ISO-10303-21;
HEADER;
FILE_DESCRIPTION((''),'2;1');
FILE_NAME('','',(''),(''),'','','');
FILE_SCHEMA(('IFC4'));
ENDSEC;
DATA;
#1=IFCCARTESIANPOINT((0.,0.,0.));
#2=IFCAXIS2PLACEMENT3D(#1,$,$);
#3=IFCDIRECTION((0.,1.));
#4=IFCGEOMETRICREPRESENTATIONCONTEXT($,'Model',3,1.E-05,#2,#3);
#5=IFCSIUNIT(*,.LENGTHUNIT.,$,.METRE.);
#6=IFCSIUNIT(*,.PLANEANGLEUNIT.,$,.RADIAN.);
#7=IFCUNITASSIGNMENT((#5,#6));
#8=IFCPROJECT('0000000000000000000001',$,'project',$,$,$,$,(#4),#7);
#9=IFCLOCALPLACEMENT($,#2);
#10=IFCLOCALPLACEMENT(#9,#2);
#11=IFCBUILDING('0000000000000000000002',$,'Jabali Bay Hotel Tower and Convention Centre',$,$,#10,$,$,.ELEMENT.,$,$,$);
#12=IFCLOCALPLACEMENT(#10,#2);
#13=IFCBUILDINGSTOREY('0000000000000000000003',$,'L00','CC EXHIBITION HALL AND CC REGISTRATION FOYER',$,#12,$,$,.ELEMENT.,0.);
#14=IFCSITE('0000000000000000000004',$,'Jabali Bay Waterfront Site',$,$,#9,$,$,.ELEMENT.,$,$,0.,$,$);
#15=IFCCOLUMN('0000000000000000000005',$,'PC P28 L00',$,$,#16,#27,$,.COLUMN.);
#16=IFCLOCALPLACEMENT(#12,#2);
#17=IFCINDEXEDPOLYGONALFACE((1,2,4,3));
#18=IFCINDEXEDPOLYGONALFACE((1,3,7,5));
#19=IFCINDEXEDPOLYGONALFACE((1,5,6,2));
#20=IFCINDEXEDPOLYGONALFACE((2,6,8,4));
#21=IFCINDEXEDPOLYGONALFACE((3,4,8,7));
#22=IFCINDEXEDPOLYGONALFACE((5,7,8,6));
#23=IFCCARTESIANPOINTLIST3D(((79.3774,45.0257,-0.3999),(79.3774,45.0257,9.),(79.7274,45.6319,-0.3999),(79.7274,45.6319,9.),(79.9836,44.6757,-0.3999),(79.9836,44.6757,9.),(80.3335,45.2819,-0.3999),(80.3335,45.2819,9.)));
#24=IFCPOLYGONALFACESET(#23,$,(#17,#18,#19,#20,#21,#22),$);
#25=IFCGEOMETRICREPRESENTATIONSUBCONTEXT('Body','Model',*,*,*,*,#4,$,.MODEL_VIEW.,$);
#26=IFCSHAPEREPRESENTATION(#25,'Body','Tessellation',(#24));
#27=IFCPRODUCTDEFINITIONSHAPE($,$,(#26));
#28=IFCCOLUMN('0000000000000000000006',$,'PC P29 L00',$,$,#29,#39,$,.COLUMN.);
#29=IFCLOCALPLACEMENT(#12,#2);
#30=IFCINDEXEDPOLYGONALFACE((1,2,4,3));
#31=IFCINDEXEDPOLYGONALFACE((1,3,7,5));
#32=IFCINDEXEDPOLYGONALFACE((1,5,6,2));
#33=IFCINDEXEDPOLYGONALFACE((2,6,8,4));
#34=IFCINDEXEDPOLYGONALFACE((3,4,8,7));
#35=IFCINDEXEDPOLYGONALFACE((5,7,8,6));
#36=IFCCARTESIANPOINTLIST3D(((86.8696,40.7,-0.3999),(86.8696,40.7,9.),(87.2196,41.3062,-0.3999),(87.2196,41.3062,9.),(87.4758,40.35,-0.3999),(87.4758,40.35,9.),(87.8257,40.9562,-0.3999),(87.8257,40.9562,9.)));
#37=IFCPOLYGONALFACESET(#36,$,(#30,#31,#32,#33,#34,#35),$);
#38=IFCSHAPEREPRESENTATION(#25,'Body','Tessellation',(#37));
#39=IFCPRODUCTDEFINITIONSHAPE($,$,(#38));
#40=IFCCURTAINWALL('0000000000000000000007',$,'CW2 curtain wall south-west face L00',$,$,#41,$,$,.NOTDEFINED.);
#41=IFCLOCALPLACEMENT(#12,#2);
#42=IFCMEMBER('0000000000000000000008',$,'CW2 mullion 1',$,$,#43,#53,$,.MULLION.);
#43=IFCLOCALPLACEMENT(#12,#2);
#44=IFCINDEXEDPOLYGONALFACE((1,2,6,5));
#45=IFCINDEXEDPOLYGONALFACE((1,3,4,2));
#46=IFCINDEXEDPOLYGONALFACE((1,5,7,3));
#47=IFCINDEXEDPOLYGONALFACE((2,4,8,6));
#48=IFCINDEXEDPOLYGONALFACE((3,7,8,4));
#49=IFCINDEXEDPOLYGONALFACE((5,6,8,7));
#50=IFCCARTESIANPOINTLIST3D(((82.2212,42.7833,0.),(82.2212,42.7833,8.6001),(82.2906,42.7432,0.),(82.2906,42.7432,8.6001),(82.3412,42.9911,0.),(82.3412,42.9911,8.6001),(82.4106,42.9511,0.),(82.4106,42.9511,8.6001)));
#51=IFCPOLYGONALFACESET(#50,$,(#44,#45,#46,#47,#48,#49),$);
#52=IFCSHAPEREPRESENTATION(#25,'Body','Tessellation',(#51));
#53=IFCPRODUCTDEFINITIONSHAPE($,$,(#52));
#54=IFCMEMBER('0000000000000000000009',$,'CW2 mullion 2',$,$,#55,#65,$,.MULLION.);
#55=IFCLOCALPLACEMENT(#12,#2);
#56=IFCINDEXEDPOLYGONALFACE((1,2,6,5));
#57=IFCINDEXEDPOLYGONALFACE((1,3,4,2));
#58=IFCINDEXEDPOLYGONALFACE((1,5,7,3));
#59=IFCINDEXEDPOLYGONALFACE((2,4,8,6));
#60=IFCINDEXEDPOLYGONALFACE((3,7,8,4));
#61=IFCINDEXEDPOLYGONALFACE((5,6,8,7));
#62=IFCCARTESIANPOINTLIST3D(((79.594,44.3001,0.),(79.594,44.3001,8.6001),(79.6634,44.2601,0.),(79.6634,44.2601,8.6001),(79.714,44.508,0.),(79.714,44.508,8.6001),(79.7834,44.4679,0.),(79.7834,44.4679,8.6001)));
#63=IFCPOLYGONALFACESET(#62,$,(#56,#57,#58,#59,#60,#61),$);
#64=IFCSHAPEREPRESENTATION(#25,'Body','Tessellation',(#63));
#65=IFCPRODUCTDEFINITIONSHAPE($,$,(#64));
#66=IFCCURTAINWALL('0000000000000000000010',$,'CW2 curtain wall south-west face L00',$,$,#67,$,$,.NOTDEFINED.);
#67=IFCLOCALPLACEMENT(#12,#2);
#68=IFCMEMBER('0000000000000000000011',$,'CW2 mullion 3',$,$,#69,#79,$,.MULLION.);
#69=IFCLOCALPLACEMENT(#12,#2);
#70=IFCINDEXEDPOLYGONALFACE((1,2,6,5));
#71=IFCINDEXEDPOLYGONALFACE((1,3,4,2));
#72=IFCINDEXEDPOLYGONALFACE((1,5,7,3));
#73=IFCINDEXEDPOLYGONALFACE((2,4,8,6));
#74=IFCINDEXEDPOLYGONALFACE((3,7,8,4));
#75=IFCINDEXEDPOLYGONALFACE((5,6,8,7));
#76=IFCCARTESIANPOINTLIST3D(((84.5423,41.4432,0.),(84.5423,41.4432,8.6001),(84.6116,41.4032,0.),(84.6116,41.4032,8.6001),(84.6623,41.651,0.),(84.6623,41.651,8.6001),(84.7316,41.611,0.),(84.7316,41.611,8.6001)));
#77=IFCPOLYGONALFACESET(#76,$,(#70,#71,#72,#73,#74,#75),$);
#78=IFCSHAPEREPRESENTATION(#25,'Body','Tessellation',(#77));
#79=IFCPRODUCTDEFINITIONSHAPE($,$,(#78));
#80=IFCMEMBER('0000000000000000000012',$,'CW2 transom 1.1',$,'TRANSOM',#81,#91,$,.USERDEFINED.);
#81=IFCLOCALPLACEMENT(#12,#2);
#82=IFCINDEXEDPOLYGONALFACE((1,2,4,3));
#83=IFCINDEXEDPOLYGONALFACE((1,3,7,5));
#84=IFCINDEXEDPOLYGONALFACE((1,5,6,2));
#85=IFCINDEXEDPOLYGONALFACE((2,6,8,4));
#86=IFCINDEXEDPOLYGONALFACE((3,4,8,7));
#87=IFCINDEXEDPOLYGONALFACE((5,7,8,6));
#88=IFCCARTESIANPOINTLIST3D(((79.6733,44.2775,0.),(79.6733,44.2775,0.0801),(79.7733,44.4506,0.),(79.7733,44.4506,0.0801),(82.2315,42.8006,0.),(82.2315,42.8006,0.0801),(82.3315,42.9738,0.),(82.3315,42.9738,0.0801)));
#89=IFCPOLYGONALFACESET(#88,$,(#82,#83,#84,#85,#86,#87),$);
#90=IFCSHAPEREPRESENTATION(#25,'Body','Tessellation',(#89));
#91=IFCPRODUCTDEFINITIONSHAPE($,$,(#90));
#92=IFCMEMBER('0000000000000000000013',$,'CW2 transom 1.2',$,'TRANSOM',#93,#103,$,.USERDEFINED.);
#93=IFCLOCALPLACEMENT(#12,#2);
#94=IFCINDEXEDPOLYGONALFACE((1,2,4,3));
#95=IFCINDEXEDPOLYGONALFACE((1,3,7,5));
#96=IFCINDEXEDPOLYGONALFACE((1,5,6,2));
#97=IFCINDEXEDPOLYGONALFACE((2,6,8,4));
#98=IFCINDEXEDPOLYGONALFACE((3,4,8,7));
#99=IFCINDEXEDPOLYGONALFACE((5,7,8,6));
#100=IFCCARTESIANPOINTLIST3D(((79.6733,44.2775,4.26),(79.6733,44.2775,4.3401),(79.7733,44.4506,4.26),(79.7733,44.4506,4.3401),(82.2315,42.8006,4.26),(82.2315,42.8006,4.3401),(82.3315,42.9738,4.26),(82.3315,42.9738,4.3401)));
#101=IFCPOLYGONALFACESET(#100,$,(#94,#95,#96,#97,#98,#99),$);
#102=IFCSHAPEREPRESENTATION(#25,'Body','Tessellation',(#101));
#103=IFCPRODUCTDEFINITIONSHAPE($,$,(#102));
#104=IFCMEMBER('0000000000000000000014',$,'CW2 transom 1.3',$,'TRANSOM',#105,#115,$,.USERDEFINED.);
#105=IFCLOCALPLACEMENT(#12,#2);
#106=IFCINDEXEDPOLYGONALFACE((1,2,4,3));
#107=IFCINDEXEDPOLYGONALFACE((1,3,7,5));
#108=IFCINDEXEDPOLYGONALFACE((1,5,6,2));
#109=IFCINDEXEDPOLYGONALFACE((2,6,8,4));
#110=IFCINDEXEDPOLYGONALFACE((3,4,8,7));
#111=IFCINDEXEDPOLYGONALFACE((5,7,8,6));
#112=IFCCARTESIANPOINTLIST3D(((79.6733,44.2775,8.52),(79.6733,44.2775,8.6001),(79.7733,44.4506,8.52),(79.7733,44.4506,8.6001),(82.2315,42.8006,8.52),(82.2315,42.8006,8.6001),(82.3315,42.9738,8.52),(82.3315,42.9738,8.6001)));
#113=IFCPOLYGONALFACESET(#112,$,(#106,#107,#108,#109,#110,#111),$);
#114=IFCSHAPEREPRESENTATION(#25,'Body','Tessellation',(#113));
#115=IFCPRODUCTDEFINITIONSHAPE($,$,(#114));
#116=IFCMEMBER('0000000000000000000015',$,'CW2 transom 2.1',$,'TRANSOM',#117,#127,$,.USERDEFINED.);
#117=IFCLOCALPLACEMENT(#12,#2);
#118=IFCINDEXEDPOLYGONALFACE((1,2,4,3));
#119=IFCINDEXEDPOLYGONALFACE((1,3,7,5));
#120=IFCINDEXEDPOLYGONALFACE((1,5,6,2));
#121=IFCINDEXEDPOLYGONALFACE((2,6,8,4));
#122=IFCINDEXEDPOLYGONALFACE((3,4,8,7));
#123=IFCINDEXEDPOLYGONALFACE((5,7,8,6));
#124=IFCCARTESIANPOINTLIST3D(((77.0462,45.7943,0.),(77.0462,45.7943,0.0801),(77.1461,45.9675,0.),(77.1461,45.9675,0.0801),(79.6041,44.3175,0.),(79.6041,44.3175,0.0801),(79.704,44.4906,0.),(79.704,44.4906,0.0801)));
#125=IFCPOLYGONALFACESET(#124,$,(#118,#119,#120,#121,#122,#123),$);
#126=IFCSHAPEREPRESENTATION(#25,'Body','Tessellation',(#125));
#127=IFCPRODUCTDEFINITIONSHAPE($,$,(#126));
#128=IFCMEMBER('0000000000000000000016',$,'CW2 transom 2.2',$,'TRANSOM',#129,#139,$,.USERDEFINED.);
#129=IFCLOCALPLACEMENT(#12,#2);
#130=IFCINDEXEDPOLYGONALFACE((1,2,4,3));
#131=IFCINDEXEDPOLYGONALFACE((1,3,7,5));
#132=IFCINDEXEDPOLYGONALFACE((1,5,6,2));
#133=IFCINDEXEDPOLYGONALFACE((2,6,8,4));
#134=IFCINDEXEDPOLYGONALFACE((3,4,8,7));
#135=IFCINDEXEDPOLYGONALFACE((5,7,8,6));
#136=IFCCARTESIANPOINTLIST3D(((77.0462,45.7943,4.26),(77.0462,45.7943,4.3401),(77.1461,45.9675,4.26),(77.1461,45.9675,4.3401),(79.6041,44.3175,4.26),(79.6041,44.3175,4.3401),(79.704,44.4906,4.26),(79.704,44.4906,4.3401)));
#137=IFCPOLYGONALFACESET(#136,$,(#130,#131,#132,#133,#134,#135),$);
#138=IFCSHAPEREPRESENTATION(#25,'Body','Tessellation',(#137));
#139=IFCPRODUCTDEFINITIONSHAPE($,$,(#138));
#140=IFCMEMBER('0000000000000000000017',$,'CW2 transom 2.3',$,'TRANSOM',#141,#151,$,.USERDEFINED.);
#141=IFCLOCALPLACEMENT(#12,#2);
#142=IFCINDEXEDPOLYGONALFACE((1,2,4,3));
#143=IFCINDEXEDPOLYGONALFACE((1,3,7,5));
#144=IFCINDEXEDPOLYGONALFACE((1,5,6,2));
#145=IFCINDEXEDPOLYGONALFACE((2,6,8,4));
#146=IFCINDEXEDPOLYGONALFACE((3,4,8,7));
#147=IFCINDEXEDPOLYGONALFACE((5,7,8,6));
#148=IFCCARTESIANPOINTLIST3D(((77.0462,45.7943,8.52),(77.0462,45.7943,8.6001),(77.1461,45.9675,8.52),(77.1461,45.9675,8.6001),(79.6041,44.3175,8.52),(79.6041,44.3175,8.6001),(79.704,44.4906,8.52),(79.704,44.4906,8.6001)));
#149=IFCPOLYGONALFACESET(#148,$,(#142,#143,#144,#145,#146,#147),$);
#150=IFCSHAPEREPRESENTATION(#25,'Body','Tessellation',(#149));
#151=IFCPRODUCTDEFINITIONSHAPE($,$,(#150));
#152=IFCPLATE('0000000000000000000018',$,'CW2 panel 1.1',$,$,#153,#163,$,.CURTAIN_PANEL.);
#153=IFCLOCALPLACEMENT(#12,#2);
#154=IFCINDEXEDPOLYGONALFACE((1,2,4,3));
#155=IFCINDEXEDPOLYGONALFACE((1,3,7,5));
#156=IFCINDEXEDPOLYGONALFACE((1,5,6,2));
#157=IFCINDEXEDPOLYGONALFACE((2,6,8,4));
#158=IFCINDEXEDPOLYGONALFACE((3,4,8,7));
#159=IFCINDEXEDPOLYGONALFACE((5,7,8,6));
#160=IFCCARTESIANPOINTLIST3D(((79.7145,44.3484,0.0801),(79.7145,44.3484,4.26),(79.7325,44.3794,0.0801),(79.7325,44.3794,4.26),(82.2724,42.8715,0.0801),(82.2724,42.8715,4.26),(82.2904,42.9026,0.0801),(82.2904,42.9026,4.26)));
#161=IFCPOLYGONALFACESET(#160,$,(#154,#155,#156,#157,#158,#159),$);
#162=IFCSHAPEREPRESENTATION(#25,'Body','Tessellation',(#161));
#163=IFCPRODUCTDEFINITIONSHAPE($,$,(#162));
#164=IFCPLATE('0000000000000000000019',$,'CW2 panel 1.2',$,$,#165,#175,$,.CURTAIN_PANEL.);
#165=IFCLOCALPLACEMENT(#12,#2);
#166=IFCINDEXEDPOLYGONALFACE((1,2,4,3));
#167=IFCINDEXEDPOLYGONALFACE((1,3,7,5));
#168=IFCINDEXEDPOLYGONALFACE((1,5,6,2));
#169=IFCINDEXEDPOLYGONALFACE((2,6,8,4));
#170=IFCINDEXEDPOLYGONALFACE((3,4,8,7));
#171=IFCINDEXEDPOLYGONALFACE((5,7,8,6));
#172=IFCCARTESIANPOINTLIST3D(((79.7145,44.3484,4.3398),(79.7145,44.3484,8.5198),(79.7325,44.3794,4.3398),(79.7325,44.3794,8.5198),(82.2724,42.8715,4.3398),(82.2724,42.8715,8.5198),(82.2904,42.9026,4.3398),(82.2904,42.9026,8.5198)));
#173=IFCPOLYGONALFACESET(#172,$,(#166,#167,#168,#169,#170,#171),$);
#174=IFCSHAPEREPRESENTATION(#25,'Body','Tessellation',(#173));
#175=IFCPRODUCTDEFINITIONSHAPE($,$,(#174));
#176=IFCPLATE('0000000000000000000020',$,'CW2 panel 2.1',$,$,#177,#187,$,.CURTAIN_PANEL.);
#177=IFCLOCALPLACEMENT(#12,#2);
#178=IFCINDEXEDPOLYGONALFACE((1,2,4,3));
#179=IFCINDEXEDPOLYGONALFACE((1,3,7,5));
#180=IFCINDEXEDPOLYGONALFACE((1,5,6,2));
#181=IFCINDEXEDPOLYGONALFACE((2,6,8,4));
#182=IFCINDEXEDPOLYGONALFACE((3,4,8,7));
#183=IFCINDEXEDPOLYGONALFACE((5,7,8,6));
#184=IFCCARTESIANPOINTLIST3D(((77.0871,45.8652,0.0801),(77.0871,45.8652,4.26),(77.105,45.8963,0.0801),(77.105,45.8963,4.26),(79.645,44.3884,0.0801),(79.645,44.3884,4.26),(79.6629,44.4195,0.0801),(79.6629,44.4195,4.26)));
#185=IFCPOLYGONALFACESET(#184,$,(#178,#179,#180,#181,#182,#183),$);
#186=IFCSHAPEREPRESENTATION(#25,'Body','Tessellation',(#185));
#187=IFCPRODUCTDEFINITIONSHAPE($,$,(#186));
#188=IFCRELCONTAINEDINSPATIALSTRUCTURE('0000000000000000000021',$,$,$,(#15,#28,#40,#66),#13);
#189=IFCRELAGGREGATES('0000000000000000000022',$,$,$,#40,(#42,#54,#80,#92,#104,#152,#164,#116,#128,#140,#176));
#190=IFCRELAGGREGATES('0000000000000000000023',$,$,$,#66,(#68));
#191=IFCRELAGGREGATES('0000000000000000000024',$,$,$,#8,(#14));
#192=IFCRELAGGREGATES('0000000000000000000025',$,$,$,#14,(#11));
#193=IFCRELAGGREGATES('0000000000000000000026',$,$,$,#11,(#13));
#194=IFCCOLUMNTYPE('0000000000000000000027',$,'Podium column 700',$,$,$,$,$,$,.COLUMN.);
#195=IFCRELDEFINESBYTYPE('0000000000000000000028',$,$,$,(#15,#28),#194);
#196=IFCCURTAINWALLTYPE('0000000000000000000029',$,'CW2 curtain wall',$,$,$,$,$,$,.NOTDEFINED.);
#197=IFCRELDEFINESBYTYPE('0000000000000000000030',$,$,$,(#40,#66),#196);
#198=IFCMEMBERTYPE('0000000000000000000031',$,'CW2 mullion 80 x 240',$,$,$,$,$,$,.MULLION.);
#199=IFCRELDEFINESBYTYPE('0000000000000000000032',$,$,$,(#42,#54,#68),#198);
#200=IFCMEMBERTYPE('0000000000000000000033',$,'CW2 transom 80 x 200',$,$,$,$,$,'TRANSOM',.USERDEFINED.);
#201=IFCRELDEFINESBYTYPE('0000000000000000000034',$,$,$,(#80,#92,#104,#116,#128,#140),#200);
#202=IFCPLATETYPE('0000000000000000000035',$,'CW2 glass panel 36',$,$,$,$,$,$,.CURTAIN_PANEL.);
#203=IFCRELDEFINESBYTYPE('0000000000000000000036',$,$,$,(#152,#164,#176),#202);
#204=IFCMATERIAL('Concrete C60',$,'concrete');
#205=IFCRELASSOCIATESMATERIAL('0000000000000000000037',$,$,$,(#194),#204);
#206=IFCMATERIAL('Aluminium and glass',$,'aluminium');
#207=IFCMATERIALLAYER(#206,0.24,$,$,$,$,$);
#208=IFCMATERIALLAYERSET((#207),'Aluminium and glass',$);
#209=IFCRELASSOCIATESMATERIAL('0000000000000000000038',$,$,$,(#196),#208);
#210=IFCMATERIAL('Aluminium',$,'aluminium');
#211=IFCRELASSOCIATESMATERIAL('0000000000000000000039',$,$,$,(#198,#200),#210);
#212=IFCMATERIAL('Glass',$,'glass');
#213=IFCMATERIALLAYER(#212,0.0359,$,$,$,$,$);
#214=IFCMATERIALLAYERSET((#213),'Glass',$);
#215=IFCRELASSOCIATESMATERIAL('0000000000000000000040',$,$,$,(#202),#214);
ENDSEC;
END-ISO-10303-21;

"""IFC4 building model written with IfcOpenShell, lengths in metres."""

from ifc_helpers import new_model, si_unit, direction, frame, origin, origin_2d, place, context, subcontext, project, spatial, rectangle, extrude, material, layer, layer_set, material_profile, profile_set, type_object, element, aggregate, save


model = new_model("IFC4")

# Units and contexts
model_context = context("Model", 3, precision=1e-05, world=origin(), true_north=direction((0.0, 1.0)))
body_context = subcontext(model_context, "Body", "Model", "MODEL_VIEW")
ifc_project = project(units=[si_unit("LENGTHUNIT", "METRE"), si_unit("PLANEANGLEUNIT", "RADIAN")], contexts=[model_context])

# Site, building, storey
site_placement = place(None, origin())
site = spatial("IfcSite", under=ifc_project, at=site_placement, Name="Jabali Bay Waterfront Site", CompositionType="ELEMENT", RefElevation=0.0)
building_placement = place(site_placement, origin())
building = spatial("IfcBuilding", under=site, at=building_placement, Name="Jabali Bay Hotel Tower and Convention Centre", CompositionType="ELEMENT")
storey_placement = place(building_placement, origin())
storey = spatial("IfcBuildingStorey", under=building, at=storey_placement, Name="L00", Description="CC EXHIBITION HALL AND CC REGISTRATION FOYER", CompositionType="ELEMENT", Elevation=0.0)

# Columns
ifc_material_1 = material(Name="Concrete C60", Category="concrete")
ifc_material_profile_1 = material_profile(ifc_material_1, rectangle(XDim=0.7, YDim=0.7, at=origin_2d()), Name="Podium column 700")
ifc_profile_set_1 = profile_set([ifc_material_profile_1], Name="Concrete C60")
column_type_1 = type_object("IfcColumnType", Name="Podium column 700", PredefinedType="COLUMN", material=ifc_profile_set_1)
for number, where, z_axis, x_axis, name in (
    (1, (79.8555, 45.1538, -0.3999), (0.0, 0.0, 1.0), (0.5, 0.866025, 0.0), "PC P28 L00"),
    (2, (87.3477, 40.8281, -0.3999), (0.0, 0.0, 1.0), (0.5, 0.866025, 0.0), "PC P29 L00"),
):
    element("IfcColumn", number, at=place(storey_placement, frame(where, z_axis=z_axis, x_axis=x_axis)), inside=storey, type_object=column_type_1, Name=name, PredefinedType="COLUMN", context=body_context, shape_type="SweptSolid", body=[
        extrude(rectangle(XDim=0.7, YDim=0.7, at=origin_2d()), origin(), (0.0, 0.0, 1.0), 9.3999),
    ])

# Curtain wall, members
ifc_material_2 = material(Name="Aluminium and glass", Category="aluminium")
ifc_layer_1 = layer(ifc_material_2, 0.24)
ifc_layer_set_1 = layer_set([ifc_layer_1], Name="Aluminium and glass")
curtain_wall_type = type_object("IfcCurtainWallType", Name="CW2 curtain wall", PredefinedType="NOTDEFINED", material=ifc_layer_set_1)
curtain_wall_1_placement = place(storey_placement, origin())
curtain_wall_1 = element("IfcCurtainWall", 3, at=curtain_wall_1_placement, inside=storey, type_object=curtain_wall_type, Name="CW2 curtain wall south-west face L00", PredefinedType="NOTDEFINED")
ifc_material_3 = material(Name="Aluminium", Category="aluminium")
ifc_material_profile_2 = material_profile(ifc_material_3, rectangle(XDim=0.24, YDim=0.0801, at=origin_2d()), Name="CW2 mullion 80 x 240")
ifc_profile_set_2 = profile_set([ifc_material_profile_2], Name="Aluminium")
member_type_1 = type_object("IfcMemberType", Name="CW2 mullion 80 x 240", PredefinedType="MULLION", material=ifc_profile_set_2)
member_1_placement = place(storey_placement, frame((82.3159, 42.8672, 0.0), z_axis=(0.0, 0.0, 1.0), x_axis=(-0.5, -0.866025, 0.0)))
member_1 = element("IfcMember", 4, at=member_1_placement, type_object=member_type_1, Name="CW2 mullion 1", PredefinedType="MULLION", context=body_context, shape_type="SweptSolid", body=[
    extrude(rectangle(XDim=0.24, YDim=0.0801, at=origin_2d()), origin(), (0.0, 0.0, 1.0), 8.6001),
])
member_2_placement = place(storey_placement, frame((79.6887, 44.384, 0.0), z_axis=(0.0, 0.0, 1.0), x_axis=(-0.5, -0.866025, 0.0)))
member_2 = element("IfcMember", 5, at=member_2_placement, type_object=member_type_1, Name="CW2 mullion 2", PredefinedType="MULLION", context=body_context, shape_type="SweptSolid", body=[
    extrude(rectangle(XDim=0.24, YDim=0.0801, at=origin_2d()), origin(), (0.0, 0.0, 1.0), 8.6001),
])

# Curtain wall, member
curtain_wall_2_placement = place(storey_placement, origin())
curtain_wall_2 = element("IfcCurtainWall", 6, at=curtain_wall_2_placement, inside=storey, type_object=curtain_wall_type, Name="CW2 curtain wall south-west face L00", PredefinedType="NOTDEFINED")
member_3_placement = place(storey_placement, frame((84.637, 41.5271, 0.0), z_axis=(0.0, 0.0, 1.0), x_axis=(-0.5, -0.866025, 0.0)))
member_3 = element("IfcMember", 7, at=member_3_placement, type_object=member_type_1, Name="CW2 mullion 3", PredefinedType="MULLION", context=body_context, shape_type="SweptSolid", body=[
    extrude(rectangle(XDim=0.24, YDim=0.0801, at=origin_2d()), origin(), (0.0, 0.0, 1.0), 8.6001),
])

# Members
ifc_material_profile_3 = material_profile(ifc_material_3, rectangle(XDim=0.2, YDim=0.0801, at=origin_2d()), Name="CW2 transom 80 x 200")
ifc_profile_set_3 = profile_set([ifc_material_profile_3], Name="Aluminium")
member_type_2 = type_object("IfcMemberType", Name="CW2 transom 80 x 200", ElementType="TRANSOM", PredefinedType="USERDEFINED", material=ifc_profile_set_3)
member_4_placement = place(storey_placement, frame((82.2815, 42.8872, 0.04), z_axis=(-0.866042, 0.49997, 0.0), x_axis=(-0.49997, -0.866042, 0.0)))
member_4 = element("IfcMember", 8, at=member_4_placement, type_object=member_type_2, Name="CW2 transom 1.1", ObjectType="TRANSOM", PredefinedType="USERDEFINED", context=body_context, shape_type="SweptSolid", body=[
    extrude(rectangle(XDim=0.2, YDim=0.0801, at=origin_2d()), origin(), (0.0, 0.0, 1.0), 2.9539),
])
member_5_placement = place(storey_placement, frame((82.2815, 42.8872, 4.3), z_axis=(-0.866042, 0.49997, 0.0), x_axis=(-0.49997, -0.866042, 0.0)))
member_5 = element("IfcMember", 9, at=member_5_placement, type_object=member_type_2, Name="CW2 transom 1.2", ObjectType="TRANSOM", PredefinedType="USERDEFINED", context=body_context, shape_type="SweptSolid", body=[
    extrude(rectangle(XDim=0.2, YDim=0.0801, at=origin_2d()), origin(), (0.0, 0.0, 1.0), 2.9539),
])
member_6_placement = place(storey_placement, frame((82.2815, 42.8872, 8.5601), z_axis=(-0.866042, 0.49997, 0.0), x_axis=(-0.49997, -0.866042, 0.0)))
member_6 = element("IfcMember", 10, at=member_6_placement, type_object=member_type_2, Name="CW2 transom 1.3", ObjectType="TRANSOM", PredefinedType="USERDEFINED", context=body_context, shape_type="SweptSolid", body=[
    extrude(rectangle(XDim=0.2, YDim=0.0801, at=origin_2d()), origin(), (0.0, 0.0, 1.0), 2.9539),
])
member_7_placement = place(storey_placement, frame((79.6541, 44.4041, 0.04), z_axis=(-0.866022, 0.500006, 0.0), x_axis=(-0.500006, -0.866022, 0.0)))
member_7 = element("IfcMember", 11, at=member_7_placement, type_object=member_type_2, Name="CW2 transom 2.1", ObjectType="TRANSOM", PredefinedType="USERDEFINED", context=body_context, shape_type="SweptSolid", body=[
    extrude(rectangle(XDim=0.2, YDim=0.0801, at=origin_2d()), origin(), (0.0, 0.0, 1.0), 2.9536),
])
member_8_placement = place(storey_placement, frame((79.6541, 44.4041, 4.3), z_axis=(-0.866022, 0.500006, 0.0), x_axis=(-0.500006, -0.866022, 0.0)))
member_8 = element("IfcMember", 12, at=member_8_placement, type_object=member_type_2, Name="CW2 transom 2.2", ObjectType="TRANSOM", PredefinedType="USERDEFINED", context=body_context, shape_type="SweptSolid", body=[
    extrude(rectangle(XDim=0.2, YDim=0.0801, at=origin_2d()), origin(), (0.0, 0.0, 1.0), 2.9536),
])
member_9_placement = place(storey_placement, frame((79.6541, 44.4041, 8.5601), z_axis=(-0.866022, 0.500006, 0.0), x_axis=(-0.500006, -0.866022, 0.0)))
member_9 = element("IfcMember", 13, at=member_9_placement, type_object=member_type_2, Name="CW2 transom 2.3", ObjectType="TRANSOM", PredefinedType="USERDEFINED", context=body_context, shape_type="SweptSolid", body=[
    extrude(rectangle(XDim=0.2, YDim=0.0801, at=origin_2d()), origin(), (0.0, 0.0, 1.0), 2.9536),
])

# Plates
ifc_material_4 = material(Name="Glass", Category="glass")
ifc_layer_2 = layer(ifc_material_4, 0.0359)
ifc_layer_set_2 = layer_set([ifc_layer_2], Name="Glass")
plate_type = type_object("IfcPlateType", Name="CW2 glass panel 36", PredefinedType="CURTAIN_PANEL", material=ifc_layer_set_2)
plate_1_placement = place(storey_placement, frame((81.0024, 43.6255, 0.0801), z_axis=(0.0, 0.0, 1.0), x_axis=(-0.866025, 0.5, 0.0)))
plate_1 = element("IfcPlate", 14, at=plate_1_placement, type_object=plate_type, Name="CW2 panel 1.1", PredefinedType="CURTAIN_PANEL", context=body_context, shape_type="SweptSolid", body=[
    extrude(rectangle(XDim=2.9536, YDim=0.0359, at=origin_2d()), origin(), (0.0, 0.0, 1.0), 4.1799),
])
plate_2_placement = place(storey_placement, frame((81.0024, 43.6255, 4.3398), z_axis=(0.0, 0.0, 1.0), x_axis=(-0.866025, 0.5, 0.0)))
plate_2 = element("IfcPlate", 15, at=plate_2_placement, type_object=plate_type, Name="CW2 panel 1.2", PredefinedType="CURTAIN_PANEL", context=body_context, shape_type="SweptSolid", body=[
    extrude(rectangle(XDim=2.9536, YDim=0.0359, at=origin_2d()), origin(), (0.0, 0.0, 1.0), 4.1799),
])
plate_3_placement = place(storey_placement, frame((78.375, 45.1423, 0.0801), z_axis=(0.0, 0.0, 1.0), x_axis=(-0.866025, 0.5, 0.0)))
plate_3 = element("IfcPlate", 16, at=plate_3_placement, type_object=plate_type, Name="CW2 panel 2.1", PredefinedType="CURTAIN_PANEL", context=body_context, shape_type="SweptSolid", body=[
    extrude(rectangle(XDim=2.9536, YDim=0.0359, at=origin_2d()), origin(), (0.0, 0.0, 1.0), 4.1799),
])
aggregate(curtain_wall_1, [member_1, member_2, member_4, member_5, member_6, plate_1, plate_2, member_7, member_8, member_9, plate_3])
aggregate(curtain_wall_2, [member_3])

save(model, "model.ifc")
